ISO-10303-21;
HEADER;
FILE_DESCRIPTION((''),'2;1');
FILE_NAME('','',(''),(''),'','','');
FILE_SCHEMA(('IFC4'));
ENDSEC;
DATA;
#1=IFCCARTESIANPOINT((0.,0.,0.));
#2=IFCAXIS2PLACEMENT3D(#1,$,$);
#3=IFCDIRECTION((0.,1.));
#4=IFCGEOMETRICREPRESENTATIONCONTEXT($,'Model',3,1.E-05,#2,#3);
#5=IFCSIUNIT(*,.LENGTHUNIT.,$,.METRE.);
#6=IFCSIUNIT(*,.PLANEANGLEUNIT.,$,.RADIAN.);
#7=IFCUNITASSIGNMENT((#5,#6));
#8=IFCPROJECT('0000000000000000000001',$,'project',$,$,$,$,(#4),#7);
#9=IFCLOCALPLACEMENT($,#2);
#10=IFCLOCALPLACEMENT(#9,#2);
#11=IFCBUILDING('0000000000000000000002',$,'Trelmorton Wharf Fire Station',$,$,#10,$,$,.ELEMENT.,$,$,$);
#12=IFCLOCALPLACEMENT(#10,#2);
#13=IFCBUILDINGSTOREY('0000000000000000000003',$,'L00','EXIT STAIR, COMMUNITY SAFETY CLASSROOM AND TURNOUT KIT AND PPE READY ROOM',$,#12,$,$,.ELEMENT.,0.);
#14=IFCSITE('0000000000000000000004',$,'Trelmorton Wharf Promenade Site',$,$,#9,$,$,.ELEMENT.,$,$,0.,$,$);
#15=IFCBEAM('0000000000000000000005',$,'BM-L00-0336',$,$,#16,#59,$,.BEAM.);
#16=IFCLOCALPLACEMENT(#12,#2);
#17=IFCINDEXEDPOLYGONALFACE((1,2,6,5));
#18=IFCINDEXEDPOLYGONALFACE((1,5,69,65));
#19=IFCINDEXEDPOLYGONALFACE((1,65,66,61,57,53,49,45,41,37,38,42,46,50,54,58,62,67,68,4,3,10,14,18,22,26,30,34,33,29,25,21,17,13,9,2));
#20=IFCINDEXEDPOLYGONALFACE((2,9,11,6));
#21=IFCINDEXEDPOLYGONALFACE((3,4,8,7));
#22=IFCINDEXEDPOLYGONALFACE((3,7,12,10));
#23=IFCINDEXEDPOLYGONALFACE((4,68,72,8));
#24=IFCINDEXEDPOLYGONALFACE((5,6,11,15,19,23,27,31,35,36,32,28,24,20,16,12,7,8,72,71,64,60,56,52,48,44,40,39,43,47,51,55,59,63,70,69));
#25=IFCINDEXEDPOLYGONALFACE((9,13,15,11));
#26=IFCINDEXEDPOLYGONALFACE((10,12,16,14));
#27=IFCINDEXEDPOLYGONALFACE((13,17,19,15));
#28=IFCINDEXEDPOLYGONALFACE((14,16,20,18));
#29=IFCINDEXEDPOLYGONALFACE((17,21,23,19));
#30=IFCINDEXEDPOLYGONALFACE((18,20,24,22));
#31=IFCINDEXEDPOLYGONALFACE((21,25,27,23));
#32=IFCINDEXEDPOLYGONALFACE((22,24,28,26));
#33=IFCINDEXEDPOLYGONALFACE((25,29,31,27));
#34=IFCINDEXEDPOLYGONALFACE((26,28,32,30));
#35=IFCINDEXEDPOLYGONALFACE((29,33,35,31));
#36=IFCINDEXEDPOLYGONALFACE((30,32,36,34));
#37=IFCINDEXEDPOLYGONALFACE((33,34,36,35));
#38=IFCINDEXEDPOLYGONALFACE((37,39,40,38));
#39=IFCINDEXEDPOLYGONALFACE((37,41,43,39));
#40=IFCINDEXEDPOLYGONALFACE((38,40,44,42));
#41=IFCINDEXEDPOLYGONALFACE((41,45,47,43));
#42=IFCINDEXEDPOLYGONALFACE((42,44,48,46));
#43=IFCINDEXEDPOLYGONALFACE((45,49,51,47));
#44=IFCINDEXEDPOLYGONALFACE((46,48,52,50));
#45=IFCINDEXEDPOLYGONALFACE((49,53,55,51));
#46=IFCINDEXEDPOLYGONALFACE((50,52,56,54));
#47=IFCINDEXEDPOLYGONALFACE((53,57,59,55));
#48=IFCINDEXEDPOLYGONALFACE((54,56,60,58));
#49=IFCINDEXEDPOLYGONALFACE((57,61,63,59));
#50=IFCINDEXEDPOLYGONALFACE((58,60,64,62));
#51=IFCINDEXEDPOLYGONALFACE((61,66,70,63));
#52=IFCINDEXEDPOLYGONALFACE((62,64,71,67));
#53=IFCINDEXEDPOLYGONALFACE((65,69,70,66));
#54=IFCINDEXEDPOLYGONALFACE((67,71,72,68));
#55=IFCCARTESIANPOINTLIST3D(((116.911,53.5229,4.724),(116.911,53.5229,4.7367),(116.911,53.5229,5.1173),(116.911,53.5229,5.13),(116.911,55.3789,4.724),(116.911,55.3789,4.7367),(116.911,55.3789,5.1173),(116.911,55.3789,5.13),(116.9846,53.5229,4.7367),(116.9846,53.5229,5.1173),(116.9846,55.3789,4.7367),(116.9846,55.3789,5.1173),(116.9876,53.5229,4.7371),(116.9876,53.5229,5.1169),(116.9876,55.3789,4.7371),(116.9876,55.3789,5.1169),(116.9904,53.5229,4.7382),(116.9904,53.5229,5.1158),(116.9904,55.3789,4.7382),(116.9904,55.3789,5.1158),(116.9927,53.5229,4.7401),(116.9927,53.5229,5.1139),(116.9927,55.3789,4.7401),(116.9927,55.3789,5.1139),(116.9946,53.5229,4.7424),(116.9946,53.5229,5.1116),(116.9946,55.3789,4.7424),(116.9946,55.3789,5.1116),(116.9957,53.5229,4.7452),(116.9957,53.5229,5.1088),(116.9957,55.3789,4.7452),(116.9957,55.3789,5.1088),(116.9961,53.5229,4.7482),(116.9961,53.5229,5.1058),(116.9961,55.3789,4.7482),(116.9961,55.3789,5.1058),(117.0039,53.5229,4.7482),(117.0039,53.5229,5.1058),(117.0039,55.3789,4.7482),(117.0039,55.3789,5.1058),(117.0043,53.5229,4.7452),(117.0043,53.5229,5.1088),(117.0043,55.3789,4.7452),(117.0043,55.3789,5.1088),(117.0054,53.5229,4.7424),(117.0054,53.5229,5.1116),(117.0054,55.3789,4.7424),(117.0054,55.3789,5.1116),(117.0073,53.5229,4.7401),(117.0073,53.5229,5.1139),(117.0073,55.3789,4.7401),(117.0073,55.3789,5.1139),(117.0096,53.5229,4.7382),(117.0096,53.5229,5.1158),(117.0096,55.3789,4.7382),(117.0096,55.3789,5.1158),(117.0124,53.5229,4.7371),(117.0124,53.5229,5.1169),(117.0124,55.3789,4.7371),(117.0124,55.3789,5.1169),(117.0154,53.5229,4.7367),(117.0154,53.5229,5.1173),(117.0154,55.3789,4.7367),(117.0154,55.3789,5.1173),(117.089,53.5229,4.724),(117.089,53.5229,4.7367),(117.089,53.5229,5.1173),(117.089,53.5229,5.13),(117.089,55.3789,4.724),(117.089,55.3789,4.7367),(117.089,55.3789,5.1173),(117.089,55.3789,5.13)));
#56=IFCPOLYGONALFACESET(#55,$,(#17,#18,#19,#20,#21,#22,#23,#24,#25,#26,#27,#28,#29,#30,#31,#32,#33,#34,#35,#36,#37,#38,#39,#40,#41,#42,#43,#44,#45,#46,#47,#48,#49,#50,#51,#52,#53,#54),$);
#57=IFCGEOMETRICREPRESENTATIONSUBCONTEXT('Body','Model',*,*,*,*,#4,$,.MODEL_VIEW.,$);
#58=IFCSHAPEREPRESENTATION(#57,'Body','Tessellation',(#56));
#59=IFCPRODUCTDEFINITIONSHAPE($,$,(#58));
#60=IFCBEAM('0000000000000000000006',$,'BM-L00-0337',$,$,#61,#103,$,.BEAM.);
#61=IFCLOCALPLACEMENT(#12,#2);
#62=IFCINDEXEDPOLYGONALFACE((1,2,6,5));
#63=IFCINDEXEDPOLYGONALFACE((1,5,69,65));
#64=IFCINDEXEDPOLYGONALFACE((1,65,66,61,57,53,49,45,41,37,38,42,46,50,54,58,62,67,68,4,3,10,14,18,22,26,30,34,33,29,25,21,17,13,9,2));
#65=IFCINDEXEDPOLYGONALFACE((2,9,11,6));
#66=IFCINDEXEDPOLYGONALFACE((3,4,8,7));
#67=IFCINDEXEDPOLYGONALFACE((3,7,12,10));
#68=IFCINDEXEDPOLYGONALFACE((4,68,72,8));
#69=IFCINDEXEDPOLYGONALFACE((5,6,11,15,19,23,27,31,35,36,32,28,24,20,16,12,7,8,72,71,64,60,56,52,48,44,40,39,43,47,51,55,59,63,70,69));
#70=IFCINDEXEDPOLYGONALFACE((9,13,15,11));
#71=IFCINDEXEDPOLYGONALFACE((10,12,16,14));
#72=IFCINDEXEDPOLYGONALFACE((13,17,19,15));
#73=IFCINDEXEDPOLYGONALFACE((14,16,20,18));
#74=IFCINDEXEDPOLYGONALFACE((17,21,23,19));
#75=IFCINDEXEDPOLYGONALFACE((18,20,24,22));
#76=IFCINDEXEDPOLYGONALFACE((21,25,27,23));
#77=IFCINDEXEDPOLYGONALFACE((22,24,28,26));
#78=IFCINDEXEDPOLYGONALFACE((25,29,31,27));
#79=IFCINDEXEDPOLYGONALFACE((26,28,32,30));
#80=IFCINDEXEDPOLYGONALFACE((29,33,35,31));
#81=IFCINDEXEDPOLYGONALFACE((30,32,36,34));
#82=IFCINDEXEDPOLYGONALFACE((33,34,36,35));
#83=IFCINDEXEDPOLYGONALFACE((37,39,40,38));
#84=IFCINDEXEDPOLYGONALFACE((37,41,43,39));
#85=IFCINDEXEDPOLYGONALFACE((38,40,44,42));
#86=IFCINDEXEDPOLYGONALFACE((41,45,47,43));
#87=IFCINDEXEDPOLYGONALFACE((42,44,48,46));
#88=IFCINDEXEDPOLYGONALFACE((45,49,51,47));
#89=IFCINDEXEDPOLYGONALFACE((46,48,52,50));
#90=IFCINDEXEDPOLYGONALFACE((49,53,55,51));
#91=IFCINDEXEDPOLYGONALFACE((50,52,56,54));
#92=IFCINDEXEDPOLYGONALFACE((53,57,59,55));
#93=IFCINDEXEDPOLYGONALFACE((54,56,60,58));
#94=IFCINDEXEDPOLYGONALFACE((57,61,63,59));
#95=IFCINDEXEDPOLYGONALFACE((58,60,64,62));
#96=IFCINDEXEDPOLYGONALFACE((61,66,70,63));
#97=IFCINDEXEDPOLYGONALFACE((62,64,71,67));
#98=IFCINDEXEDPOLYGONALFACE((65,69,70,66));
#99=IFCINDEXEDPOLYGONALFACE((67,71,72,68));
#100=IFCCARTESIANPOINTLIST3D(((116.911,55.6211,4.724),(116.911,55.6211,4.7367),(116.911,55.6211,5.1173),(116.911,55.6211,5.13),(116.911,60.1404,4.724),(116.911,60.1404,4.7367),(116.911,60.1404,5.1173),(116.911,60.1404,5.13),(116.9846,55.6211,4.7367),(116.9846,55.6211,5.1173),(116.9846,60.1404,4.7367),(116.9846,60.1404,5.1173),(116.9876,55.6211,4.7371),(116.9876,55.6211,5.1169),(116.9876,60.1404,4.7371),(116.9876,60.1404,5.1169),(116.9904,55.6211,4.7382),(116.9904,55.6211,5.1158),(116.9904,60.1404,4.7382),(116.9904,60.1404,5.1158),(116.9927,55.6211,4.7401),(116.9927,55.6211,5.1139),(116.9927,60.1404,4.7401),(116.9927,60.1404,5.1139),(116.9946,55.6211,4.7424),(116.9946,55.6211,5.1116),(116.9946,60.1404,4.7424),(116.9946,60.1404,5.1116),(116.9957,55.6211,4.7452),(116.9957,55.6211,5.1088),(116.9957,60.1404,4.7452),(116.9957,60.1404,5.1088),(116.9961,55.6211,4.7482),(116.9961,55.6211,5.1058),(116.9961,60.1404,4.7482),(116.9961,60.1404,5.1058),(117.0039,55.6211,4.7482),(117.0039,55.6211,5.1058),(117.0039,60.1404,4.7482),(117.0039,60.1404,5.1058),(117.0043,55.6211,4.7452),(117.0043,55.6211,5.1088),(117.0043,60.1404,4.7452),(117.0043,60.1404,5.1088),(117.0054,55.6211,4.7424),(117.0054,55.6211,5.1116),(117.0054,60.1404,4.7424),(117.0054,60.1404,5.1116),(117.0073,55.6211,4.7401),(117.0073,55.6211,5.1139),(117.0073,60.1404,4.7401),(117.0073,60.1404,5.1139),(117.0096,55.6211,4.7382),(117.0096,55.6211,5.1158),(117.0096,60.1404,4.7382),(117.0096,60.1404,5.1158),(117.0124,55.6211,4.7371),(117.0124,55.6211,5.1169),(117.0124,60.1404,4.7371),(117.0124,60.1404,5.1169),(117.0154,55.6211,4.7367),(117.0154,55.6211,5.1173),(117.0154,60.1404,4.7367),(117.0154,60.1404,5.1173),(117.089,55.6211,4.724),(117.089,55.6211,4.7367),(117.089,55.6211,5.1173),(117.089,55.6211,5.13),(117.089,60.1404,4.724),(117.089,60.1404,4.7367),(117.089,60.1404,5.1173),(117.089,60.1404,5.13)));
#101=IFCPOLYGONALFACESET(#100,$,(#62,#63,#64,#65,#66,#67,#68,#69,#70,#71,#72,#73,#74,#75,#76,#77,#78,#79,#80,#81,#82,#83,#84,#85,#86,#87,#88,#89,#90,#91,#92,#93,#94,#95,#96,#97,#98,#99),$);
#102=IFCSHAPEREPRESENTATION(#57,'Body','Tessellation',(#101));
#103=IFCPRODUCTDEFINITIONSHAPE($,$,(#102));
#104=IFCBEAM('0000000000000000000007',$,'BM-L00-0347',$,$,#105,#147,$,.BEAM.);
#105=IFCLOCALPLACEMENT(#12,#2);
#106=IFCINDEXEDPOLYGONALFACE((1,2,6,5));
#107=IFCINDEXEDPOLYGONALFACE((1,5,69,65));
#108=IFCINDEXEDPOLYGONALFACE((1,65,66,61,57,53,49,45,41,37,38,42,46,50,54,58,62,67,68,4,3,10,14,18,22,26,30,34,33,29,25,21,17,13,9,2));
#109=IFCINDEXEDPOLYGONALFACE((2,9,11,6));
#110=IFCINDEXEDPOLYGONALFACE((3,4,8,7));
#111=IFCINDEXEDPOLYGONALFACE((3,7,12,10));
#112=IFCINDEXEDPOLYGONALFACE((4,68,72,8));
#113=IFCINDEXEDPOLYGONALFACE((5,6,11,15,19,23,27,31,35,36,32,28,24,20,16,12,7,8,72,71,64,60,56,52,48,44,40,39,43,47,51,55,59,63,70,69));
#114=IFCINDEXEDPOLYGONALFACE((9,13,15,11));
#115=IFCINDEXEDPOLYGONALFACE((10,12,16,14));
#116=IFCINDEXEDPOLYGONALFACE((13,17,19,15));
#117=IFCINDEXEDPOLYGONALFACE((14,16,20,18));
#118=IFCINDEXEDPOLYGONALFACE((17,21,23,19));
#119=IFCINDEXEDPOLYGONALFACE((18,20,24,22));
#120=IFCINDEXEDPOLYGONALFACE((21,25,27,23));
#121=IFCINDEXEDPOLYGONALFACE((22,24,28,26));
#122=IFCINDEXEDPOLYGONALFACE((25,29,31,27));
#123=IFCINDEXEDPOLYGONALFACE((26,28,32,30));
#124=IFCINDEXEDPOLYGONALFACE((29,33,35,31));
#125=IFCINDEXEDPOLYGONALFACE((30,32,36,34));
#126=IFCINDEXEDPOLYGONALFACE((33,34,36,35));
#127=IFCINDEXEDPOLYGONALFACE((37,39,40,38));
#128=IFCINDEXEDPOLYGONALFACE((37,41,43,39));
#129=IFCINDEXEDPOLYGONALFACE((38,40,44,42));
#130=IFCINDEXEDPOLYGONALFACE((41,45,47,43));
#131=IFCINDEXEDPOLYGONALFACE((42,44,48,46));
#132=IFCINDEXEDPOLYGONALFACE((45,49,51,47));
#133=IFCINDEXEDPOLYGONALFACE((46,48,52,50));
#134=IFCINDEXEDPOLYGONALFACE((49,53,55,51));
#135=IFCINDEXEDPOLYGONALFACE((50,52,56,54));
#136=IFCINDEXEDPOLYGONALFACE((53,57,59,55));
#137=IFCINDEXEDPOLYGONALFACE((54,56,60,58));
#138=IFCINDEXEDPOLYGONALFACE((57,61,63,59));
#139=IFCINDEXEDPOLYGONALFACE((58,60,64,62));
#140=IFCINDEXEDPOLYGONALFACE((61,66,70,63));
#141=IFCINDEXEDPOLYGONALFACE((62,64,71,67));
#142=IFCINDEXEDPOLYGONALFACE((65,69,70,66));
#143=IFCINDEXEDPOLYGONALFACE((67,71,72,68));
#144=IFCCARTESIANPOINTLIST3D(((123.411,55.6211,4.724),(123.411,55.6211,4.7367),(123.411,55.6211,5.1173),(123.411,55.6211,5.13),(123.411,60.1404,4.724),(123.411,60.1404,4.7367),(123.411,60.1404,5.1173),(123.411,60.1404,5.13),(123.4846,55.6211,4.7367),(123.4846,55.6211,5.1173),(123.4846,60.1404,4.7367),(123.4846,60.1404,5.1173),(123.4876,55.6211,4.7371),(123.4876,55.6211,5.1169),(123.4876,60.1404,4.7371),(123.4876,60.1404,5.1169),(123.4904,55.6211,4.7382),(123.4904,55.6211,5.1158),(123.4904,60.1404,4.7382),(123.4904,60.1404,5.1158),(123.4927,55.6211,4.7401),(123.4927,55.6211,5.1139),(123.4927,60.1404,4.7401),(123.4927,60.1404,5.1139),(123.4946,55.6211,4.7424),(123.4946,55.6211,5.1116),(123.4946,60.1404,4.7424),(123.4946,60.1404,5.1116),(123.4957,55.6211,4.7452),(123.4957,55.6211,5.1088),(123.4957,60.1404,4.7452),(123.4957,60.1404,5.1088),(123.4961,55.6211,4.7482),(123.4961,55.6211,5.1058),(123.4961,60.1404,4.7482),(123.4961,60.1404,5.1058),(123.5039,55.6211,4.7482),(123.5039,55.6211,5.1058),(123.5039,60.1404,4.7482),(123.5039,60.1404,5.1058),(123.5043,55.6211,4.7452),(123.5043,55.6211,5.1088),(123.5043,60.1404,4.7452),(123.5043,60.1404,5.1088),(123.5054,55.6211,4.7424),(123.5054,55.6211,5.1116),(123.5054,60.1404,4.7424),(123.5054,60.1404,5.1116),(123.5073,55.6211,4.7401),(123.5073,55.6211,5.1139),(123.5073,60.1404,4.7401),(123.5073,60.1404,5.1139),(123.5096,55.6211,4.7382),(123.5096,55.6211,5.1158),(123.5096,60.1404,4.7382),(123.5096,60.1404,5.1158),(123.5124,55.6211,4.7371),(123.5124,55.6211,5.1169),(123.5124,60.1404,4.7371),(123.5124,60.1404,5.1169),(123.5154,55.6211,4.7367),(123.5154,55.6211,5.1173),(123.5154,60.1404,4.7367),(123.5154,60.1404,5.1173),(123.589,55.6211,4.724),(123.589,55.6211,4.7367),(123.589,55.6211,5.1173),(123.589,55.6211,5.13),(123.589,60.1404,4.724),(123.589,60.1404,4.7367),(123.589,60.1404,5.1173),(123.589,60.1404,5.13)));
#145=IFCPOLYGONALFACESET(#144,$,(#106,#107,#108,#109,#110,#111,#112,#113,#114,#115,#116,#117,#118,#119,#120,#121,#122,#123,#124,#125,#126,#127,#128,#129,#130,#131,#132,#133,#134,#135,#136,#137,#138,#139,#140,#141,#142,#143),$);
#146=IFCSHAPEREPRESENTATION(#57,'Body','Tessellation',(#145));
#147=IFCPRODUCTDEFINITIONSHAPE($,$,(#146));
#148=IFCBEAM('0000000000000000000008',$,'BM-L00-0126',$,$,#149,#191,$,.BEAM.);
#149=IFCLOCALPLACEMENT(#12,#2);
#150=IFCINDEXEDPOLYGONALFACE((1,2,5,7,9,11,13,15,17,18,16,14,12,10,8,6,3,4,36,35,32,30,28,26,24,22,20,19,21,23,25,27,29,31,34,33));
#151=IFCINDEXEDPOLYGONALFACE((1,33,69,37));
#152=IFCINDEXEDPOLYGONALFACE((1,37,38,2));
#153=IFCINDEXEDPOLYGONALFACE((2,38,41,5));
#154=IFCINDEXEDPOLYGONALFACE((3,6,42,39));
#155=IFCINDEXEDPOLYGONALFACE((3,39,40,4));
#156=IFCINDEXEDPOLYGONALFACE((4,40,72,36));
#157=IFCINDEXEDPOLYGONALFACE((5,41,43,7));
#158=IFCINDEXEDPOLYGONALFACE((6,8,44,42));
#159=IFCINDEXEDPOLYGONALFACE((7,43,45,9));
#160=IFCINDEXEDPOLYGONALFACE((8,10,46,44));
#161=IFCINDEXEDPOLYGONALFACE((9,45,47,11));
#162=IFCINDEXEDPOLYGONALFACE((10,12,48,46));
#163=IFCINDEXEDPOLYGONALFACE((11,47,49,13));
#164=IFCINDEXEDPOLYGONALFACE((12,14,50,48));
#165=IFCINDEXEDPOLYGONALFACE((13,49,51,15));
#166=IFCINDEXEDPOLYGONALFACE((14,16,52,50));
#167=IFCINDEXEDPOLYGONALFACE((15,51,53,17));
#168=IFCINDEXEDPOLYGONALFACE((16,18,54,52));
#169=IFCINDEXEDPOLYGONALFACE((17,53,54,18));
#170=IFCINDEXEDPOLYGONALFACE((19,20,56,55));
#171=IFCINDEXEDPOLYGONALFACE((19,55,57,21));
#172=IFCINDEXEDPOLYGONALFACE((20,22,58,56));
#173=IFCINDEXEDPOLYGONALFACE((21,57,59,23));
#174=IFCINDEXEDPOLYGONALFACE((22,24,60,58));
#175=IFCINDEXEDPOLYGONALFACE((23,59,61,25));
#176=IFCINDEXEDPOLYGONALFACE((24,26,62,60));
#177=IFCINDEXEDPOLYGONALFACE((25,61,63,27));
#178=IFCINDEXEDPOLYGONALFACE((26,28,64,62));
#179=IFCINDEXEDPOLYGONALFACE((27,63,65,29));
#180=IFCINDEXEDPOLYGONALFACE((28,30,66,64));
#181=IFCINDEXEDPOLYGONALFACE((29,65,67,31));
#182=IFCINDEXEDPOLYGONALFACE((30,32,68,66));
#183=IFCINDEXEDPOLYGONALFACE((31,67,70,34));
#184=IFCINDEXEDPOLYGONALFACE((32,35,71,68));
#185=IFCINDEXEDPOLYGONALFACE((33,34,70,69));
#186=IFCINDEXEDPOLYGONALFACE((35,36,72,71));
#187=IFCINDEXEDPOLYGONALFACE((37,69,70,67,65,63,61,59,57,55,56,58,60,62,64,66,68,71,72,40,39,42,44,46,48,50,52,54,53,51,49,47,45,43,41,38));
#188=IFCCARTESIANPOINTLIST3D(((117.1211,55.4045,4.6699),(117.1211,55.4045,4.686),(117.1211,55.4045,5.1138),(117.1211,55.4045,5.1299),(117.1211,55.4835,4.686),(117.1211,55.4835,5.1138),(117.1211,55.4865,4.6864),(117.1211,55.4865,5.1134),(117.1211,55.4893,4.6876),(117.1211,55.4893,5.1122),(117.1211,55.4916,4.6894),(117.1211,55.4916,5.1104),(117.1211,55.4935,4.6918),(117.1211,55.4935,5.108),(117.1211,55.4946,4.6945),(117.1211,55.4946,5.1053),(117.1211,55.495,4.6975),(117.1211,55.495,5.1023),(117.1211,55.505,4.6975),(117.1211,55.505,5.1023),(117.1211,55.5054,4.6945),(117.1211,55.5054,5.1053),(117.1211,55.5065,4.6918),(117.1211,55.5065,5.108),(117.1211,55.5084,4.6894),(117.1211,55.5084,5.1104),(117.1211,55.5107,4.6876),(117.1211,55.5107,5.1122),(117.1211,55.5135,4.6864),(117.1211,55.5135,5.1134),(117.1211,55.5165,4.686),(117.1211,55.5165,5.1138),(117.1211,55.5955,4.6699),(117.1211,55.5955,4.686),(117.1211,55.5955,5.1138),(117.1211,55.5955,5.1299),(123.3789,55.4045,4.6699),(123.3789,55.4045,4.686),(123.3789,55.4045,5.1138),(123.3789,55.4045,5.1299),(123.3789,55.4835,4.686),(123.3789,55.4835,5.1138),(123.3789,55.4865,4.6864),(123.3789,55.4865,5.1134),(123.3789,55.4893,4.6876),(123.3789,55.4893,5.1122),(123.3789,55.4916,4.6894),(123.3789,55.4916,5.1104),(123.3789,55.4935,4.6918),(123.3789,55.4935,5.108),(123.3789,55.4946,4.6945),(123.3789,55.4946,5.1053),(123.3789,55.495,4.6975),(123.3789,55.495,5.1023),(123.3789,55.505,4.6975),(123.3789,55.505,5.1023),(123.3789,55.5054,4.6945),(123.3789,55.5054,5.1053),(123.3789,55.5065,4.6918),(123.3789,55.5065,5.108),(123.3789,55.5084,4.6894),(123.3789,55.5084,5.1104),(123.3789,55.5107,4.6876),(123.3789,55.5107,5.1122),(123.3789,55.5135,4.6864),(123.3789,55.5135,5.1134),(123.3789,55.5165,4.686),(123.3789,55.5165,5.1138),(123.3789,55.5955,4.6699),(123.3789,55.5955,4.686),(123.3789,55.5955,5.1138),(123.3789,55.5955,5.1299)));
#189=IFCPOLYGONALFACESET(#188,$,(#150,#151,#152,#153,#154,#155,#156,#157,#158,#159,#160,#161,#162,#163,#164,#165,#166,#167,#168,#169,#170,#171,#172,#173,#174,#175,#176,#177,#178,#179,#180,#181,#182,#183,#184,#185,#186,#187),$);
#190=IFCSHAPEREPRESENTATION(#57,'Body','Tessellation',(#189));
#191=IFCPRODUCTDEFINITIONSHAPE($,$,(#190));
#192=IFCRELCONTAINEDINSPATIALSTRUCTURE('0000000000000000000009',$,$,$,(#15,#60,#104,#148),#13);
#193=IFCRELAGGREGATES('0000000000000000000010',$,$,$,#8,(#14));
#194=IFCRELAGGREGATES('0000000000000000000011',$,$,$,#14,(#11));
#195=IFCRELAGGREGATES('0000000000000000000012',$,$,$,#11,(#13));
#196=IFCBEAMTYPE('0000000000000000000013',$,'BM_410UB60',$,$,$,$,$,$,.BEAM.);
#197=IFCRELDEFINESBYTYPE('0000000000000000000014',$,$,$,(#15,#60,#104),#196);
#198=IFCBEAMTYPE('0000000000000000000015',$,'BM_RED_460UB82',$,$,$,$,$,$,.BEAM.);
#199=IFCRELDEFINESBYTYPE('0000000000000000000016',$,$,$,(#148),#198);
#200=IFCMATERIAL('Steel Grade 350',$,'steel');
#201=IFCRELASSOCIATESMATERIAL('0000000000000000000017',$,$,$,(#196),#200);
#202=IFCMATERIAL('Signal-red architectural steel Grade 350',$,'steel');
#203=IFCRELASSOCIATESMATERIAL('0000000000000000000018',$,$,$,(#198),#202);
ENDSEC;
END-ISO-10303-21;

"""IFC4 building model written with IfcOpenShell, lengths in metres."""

from ifc_helpers import new_model, si_unit, direction, frame, origin, origin_2d, place, context, subcontext, project, spatial, i_section, extrude, material, material_profile, profile_set, type_object, element, save


model = new_model("IFC4")

# Units and contexts
model_context = context("Model", 3, precision=1e-05, world=origin(), true_north=direction((0.0, 1.0)))
body_context = subcontext(model_context, "Body", "Model", "MODEL_VIEW")
ifc_project = project(units=[si_unit("LENGTHUNIT", "METRE"), si_unit("PLANEANGLEUNIT", "RADIAN")], contexts=[model_context])

# Site, building, storey
site_placement = place(None, origin())
site = spatial("IfcSite", under=ifc_project, at=site_placement, Name="Trelmorton Wharf Promenade Site", CompositionType="ELEMENT", RefElevation=0.0)
building_placement = place(site_placement, origin())
building = spatial("IfcBuilding", under=site, at=building_placement, Name="Trelmorton Wharf Fire Station", CompositionType="ELEMENT")
storey_placement = place(building_placement, origin())
storey = spatial("IfcBuildingStorey", under=building, at=storey_placement, Name="L00", Description="EXIT STAIR, COMMUNITY SAFETY CLASSROOM AND TURNOUT KIT AND PPE READY ROOM", CompositionType="ELEMENT", Elevation=0.0)

# Shared definitions
ifc_material_1 = material(Name="Steel Grade 350", Category="steel")
ifc_material_2 = material(Name="Signal-red architectural steel Grade 350", Category="steel")

# Beams
ifc_material_profile_1 = material_profile(ifc_material_1, i_section(OverallWidth=0.178, OverallDepth=0.406, WebThickness=0.0078, FlangeThickness=0.0127, FilletRadius=0.0115, at=origin_2d()), Name="410UB59.7")
ifc_profile_set_1 = profile_set([ifc_material_profile_1], Name="Steel Grade 350")
beam_type_1 = type_object("IfcBeamType", Name="BM_410UB60", PredefinedType="BEAM", material=ifc_profile_set_1)
beam_1_placement = place(storey_placement, frame((117.0, 53.5229, 4.927), z_axis=(0.0, 1.0, 0.0), x_axis=(-1.0, 0.0, 0.0)))
element("IfcBeam", 1, at=beam_1_placement, inside=storey, type_object=beam_type_1, Name="BM-L00-0336", PredefinedType="BEAM", context=body_context, shape_type="SweptSolid", body=[
    extrude(i_section(OverallWidth=0.178, OverallDepth=0.406, WebThickness=0.0078, FlangeThickness=0.0127, FilletRadius=0.0115, at=origin_2d()), origin(), (0.0, 0.0, 1.0), 1.856),
])
for number, where, z_axis, x_axis, name in (
    (2, (117.0, 55.6211, 4.927), (0.0, 1.0, 0.0), (-1.0, 0.0, 0.0), "BM-L00-0337"),
    (3, (123.5, 55.6211, 4.927), (0.0, 1.0, 0.0), (-1.0, 0.0, 0.0), "BM-L00-0347"),
):
    element("IfcBeam", number, at=place(storey_placement, frame(where, z_axis=z_axis, x_axis=x_axis)), inside=storey, type_object=beam_type_1, Name=name, PredefinedType="BEAM", context=body_context, shape_type="SweptSolid", body=[
        extrude(i_section(OverallWidth=0.178, OverallDepth=0.406, WebThickness=0.0078, FlangeThickness=0.0127, FilletRadius=0.0115, at=origin_2d()), origin(), (0.0, 0.0, 1.0), 4.5193),
    ])
ifc_material_profile_2 = material_profile(ifc_material_2, i_section(OverallWidth=0.1909, OverallDepth=0.46, WebThickness=0.01, FlangeThickness=0.0161, FilletRadius=0.0115, at=origin_2d()), Name="460UB82.1")
ifc_profile_set_2 = profile_set([ifc_material_profile_2], Name="Signal-red architectural steel Grade 350")
beam_type_2 = type_object("IfcBeamType", Name="BM_RED_460UB82", PredefinedType="BEAM", material=ifc_profile_set_2)
beam_2_placement = place(storey_placement, frame((117.1211, 55.5, 4.8999), z_axis=(1.0, 0.0, 0.0), x_axis=(0.0, 1.0, 0.0)))
element("IfcBeam", 4, at=beam_2_placement, inside=storey, type_object=beam_type_2, Name="BM-L00-0126", PredefinedType="BEAM", context=body_context, shape_type="SweptSolid", body=[
    extrude(i_section(OverallWidth=0.1909, OverallDepth=0.46, WebThickness=0.01, FlangeThickness=0.0161, FilletRadius=0.0115, at=origin_2d()), origin(), (0.0, 0.0, 1.0), 6.2578),
])

save(model, "model.ifc")
